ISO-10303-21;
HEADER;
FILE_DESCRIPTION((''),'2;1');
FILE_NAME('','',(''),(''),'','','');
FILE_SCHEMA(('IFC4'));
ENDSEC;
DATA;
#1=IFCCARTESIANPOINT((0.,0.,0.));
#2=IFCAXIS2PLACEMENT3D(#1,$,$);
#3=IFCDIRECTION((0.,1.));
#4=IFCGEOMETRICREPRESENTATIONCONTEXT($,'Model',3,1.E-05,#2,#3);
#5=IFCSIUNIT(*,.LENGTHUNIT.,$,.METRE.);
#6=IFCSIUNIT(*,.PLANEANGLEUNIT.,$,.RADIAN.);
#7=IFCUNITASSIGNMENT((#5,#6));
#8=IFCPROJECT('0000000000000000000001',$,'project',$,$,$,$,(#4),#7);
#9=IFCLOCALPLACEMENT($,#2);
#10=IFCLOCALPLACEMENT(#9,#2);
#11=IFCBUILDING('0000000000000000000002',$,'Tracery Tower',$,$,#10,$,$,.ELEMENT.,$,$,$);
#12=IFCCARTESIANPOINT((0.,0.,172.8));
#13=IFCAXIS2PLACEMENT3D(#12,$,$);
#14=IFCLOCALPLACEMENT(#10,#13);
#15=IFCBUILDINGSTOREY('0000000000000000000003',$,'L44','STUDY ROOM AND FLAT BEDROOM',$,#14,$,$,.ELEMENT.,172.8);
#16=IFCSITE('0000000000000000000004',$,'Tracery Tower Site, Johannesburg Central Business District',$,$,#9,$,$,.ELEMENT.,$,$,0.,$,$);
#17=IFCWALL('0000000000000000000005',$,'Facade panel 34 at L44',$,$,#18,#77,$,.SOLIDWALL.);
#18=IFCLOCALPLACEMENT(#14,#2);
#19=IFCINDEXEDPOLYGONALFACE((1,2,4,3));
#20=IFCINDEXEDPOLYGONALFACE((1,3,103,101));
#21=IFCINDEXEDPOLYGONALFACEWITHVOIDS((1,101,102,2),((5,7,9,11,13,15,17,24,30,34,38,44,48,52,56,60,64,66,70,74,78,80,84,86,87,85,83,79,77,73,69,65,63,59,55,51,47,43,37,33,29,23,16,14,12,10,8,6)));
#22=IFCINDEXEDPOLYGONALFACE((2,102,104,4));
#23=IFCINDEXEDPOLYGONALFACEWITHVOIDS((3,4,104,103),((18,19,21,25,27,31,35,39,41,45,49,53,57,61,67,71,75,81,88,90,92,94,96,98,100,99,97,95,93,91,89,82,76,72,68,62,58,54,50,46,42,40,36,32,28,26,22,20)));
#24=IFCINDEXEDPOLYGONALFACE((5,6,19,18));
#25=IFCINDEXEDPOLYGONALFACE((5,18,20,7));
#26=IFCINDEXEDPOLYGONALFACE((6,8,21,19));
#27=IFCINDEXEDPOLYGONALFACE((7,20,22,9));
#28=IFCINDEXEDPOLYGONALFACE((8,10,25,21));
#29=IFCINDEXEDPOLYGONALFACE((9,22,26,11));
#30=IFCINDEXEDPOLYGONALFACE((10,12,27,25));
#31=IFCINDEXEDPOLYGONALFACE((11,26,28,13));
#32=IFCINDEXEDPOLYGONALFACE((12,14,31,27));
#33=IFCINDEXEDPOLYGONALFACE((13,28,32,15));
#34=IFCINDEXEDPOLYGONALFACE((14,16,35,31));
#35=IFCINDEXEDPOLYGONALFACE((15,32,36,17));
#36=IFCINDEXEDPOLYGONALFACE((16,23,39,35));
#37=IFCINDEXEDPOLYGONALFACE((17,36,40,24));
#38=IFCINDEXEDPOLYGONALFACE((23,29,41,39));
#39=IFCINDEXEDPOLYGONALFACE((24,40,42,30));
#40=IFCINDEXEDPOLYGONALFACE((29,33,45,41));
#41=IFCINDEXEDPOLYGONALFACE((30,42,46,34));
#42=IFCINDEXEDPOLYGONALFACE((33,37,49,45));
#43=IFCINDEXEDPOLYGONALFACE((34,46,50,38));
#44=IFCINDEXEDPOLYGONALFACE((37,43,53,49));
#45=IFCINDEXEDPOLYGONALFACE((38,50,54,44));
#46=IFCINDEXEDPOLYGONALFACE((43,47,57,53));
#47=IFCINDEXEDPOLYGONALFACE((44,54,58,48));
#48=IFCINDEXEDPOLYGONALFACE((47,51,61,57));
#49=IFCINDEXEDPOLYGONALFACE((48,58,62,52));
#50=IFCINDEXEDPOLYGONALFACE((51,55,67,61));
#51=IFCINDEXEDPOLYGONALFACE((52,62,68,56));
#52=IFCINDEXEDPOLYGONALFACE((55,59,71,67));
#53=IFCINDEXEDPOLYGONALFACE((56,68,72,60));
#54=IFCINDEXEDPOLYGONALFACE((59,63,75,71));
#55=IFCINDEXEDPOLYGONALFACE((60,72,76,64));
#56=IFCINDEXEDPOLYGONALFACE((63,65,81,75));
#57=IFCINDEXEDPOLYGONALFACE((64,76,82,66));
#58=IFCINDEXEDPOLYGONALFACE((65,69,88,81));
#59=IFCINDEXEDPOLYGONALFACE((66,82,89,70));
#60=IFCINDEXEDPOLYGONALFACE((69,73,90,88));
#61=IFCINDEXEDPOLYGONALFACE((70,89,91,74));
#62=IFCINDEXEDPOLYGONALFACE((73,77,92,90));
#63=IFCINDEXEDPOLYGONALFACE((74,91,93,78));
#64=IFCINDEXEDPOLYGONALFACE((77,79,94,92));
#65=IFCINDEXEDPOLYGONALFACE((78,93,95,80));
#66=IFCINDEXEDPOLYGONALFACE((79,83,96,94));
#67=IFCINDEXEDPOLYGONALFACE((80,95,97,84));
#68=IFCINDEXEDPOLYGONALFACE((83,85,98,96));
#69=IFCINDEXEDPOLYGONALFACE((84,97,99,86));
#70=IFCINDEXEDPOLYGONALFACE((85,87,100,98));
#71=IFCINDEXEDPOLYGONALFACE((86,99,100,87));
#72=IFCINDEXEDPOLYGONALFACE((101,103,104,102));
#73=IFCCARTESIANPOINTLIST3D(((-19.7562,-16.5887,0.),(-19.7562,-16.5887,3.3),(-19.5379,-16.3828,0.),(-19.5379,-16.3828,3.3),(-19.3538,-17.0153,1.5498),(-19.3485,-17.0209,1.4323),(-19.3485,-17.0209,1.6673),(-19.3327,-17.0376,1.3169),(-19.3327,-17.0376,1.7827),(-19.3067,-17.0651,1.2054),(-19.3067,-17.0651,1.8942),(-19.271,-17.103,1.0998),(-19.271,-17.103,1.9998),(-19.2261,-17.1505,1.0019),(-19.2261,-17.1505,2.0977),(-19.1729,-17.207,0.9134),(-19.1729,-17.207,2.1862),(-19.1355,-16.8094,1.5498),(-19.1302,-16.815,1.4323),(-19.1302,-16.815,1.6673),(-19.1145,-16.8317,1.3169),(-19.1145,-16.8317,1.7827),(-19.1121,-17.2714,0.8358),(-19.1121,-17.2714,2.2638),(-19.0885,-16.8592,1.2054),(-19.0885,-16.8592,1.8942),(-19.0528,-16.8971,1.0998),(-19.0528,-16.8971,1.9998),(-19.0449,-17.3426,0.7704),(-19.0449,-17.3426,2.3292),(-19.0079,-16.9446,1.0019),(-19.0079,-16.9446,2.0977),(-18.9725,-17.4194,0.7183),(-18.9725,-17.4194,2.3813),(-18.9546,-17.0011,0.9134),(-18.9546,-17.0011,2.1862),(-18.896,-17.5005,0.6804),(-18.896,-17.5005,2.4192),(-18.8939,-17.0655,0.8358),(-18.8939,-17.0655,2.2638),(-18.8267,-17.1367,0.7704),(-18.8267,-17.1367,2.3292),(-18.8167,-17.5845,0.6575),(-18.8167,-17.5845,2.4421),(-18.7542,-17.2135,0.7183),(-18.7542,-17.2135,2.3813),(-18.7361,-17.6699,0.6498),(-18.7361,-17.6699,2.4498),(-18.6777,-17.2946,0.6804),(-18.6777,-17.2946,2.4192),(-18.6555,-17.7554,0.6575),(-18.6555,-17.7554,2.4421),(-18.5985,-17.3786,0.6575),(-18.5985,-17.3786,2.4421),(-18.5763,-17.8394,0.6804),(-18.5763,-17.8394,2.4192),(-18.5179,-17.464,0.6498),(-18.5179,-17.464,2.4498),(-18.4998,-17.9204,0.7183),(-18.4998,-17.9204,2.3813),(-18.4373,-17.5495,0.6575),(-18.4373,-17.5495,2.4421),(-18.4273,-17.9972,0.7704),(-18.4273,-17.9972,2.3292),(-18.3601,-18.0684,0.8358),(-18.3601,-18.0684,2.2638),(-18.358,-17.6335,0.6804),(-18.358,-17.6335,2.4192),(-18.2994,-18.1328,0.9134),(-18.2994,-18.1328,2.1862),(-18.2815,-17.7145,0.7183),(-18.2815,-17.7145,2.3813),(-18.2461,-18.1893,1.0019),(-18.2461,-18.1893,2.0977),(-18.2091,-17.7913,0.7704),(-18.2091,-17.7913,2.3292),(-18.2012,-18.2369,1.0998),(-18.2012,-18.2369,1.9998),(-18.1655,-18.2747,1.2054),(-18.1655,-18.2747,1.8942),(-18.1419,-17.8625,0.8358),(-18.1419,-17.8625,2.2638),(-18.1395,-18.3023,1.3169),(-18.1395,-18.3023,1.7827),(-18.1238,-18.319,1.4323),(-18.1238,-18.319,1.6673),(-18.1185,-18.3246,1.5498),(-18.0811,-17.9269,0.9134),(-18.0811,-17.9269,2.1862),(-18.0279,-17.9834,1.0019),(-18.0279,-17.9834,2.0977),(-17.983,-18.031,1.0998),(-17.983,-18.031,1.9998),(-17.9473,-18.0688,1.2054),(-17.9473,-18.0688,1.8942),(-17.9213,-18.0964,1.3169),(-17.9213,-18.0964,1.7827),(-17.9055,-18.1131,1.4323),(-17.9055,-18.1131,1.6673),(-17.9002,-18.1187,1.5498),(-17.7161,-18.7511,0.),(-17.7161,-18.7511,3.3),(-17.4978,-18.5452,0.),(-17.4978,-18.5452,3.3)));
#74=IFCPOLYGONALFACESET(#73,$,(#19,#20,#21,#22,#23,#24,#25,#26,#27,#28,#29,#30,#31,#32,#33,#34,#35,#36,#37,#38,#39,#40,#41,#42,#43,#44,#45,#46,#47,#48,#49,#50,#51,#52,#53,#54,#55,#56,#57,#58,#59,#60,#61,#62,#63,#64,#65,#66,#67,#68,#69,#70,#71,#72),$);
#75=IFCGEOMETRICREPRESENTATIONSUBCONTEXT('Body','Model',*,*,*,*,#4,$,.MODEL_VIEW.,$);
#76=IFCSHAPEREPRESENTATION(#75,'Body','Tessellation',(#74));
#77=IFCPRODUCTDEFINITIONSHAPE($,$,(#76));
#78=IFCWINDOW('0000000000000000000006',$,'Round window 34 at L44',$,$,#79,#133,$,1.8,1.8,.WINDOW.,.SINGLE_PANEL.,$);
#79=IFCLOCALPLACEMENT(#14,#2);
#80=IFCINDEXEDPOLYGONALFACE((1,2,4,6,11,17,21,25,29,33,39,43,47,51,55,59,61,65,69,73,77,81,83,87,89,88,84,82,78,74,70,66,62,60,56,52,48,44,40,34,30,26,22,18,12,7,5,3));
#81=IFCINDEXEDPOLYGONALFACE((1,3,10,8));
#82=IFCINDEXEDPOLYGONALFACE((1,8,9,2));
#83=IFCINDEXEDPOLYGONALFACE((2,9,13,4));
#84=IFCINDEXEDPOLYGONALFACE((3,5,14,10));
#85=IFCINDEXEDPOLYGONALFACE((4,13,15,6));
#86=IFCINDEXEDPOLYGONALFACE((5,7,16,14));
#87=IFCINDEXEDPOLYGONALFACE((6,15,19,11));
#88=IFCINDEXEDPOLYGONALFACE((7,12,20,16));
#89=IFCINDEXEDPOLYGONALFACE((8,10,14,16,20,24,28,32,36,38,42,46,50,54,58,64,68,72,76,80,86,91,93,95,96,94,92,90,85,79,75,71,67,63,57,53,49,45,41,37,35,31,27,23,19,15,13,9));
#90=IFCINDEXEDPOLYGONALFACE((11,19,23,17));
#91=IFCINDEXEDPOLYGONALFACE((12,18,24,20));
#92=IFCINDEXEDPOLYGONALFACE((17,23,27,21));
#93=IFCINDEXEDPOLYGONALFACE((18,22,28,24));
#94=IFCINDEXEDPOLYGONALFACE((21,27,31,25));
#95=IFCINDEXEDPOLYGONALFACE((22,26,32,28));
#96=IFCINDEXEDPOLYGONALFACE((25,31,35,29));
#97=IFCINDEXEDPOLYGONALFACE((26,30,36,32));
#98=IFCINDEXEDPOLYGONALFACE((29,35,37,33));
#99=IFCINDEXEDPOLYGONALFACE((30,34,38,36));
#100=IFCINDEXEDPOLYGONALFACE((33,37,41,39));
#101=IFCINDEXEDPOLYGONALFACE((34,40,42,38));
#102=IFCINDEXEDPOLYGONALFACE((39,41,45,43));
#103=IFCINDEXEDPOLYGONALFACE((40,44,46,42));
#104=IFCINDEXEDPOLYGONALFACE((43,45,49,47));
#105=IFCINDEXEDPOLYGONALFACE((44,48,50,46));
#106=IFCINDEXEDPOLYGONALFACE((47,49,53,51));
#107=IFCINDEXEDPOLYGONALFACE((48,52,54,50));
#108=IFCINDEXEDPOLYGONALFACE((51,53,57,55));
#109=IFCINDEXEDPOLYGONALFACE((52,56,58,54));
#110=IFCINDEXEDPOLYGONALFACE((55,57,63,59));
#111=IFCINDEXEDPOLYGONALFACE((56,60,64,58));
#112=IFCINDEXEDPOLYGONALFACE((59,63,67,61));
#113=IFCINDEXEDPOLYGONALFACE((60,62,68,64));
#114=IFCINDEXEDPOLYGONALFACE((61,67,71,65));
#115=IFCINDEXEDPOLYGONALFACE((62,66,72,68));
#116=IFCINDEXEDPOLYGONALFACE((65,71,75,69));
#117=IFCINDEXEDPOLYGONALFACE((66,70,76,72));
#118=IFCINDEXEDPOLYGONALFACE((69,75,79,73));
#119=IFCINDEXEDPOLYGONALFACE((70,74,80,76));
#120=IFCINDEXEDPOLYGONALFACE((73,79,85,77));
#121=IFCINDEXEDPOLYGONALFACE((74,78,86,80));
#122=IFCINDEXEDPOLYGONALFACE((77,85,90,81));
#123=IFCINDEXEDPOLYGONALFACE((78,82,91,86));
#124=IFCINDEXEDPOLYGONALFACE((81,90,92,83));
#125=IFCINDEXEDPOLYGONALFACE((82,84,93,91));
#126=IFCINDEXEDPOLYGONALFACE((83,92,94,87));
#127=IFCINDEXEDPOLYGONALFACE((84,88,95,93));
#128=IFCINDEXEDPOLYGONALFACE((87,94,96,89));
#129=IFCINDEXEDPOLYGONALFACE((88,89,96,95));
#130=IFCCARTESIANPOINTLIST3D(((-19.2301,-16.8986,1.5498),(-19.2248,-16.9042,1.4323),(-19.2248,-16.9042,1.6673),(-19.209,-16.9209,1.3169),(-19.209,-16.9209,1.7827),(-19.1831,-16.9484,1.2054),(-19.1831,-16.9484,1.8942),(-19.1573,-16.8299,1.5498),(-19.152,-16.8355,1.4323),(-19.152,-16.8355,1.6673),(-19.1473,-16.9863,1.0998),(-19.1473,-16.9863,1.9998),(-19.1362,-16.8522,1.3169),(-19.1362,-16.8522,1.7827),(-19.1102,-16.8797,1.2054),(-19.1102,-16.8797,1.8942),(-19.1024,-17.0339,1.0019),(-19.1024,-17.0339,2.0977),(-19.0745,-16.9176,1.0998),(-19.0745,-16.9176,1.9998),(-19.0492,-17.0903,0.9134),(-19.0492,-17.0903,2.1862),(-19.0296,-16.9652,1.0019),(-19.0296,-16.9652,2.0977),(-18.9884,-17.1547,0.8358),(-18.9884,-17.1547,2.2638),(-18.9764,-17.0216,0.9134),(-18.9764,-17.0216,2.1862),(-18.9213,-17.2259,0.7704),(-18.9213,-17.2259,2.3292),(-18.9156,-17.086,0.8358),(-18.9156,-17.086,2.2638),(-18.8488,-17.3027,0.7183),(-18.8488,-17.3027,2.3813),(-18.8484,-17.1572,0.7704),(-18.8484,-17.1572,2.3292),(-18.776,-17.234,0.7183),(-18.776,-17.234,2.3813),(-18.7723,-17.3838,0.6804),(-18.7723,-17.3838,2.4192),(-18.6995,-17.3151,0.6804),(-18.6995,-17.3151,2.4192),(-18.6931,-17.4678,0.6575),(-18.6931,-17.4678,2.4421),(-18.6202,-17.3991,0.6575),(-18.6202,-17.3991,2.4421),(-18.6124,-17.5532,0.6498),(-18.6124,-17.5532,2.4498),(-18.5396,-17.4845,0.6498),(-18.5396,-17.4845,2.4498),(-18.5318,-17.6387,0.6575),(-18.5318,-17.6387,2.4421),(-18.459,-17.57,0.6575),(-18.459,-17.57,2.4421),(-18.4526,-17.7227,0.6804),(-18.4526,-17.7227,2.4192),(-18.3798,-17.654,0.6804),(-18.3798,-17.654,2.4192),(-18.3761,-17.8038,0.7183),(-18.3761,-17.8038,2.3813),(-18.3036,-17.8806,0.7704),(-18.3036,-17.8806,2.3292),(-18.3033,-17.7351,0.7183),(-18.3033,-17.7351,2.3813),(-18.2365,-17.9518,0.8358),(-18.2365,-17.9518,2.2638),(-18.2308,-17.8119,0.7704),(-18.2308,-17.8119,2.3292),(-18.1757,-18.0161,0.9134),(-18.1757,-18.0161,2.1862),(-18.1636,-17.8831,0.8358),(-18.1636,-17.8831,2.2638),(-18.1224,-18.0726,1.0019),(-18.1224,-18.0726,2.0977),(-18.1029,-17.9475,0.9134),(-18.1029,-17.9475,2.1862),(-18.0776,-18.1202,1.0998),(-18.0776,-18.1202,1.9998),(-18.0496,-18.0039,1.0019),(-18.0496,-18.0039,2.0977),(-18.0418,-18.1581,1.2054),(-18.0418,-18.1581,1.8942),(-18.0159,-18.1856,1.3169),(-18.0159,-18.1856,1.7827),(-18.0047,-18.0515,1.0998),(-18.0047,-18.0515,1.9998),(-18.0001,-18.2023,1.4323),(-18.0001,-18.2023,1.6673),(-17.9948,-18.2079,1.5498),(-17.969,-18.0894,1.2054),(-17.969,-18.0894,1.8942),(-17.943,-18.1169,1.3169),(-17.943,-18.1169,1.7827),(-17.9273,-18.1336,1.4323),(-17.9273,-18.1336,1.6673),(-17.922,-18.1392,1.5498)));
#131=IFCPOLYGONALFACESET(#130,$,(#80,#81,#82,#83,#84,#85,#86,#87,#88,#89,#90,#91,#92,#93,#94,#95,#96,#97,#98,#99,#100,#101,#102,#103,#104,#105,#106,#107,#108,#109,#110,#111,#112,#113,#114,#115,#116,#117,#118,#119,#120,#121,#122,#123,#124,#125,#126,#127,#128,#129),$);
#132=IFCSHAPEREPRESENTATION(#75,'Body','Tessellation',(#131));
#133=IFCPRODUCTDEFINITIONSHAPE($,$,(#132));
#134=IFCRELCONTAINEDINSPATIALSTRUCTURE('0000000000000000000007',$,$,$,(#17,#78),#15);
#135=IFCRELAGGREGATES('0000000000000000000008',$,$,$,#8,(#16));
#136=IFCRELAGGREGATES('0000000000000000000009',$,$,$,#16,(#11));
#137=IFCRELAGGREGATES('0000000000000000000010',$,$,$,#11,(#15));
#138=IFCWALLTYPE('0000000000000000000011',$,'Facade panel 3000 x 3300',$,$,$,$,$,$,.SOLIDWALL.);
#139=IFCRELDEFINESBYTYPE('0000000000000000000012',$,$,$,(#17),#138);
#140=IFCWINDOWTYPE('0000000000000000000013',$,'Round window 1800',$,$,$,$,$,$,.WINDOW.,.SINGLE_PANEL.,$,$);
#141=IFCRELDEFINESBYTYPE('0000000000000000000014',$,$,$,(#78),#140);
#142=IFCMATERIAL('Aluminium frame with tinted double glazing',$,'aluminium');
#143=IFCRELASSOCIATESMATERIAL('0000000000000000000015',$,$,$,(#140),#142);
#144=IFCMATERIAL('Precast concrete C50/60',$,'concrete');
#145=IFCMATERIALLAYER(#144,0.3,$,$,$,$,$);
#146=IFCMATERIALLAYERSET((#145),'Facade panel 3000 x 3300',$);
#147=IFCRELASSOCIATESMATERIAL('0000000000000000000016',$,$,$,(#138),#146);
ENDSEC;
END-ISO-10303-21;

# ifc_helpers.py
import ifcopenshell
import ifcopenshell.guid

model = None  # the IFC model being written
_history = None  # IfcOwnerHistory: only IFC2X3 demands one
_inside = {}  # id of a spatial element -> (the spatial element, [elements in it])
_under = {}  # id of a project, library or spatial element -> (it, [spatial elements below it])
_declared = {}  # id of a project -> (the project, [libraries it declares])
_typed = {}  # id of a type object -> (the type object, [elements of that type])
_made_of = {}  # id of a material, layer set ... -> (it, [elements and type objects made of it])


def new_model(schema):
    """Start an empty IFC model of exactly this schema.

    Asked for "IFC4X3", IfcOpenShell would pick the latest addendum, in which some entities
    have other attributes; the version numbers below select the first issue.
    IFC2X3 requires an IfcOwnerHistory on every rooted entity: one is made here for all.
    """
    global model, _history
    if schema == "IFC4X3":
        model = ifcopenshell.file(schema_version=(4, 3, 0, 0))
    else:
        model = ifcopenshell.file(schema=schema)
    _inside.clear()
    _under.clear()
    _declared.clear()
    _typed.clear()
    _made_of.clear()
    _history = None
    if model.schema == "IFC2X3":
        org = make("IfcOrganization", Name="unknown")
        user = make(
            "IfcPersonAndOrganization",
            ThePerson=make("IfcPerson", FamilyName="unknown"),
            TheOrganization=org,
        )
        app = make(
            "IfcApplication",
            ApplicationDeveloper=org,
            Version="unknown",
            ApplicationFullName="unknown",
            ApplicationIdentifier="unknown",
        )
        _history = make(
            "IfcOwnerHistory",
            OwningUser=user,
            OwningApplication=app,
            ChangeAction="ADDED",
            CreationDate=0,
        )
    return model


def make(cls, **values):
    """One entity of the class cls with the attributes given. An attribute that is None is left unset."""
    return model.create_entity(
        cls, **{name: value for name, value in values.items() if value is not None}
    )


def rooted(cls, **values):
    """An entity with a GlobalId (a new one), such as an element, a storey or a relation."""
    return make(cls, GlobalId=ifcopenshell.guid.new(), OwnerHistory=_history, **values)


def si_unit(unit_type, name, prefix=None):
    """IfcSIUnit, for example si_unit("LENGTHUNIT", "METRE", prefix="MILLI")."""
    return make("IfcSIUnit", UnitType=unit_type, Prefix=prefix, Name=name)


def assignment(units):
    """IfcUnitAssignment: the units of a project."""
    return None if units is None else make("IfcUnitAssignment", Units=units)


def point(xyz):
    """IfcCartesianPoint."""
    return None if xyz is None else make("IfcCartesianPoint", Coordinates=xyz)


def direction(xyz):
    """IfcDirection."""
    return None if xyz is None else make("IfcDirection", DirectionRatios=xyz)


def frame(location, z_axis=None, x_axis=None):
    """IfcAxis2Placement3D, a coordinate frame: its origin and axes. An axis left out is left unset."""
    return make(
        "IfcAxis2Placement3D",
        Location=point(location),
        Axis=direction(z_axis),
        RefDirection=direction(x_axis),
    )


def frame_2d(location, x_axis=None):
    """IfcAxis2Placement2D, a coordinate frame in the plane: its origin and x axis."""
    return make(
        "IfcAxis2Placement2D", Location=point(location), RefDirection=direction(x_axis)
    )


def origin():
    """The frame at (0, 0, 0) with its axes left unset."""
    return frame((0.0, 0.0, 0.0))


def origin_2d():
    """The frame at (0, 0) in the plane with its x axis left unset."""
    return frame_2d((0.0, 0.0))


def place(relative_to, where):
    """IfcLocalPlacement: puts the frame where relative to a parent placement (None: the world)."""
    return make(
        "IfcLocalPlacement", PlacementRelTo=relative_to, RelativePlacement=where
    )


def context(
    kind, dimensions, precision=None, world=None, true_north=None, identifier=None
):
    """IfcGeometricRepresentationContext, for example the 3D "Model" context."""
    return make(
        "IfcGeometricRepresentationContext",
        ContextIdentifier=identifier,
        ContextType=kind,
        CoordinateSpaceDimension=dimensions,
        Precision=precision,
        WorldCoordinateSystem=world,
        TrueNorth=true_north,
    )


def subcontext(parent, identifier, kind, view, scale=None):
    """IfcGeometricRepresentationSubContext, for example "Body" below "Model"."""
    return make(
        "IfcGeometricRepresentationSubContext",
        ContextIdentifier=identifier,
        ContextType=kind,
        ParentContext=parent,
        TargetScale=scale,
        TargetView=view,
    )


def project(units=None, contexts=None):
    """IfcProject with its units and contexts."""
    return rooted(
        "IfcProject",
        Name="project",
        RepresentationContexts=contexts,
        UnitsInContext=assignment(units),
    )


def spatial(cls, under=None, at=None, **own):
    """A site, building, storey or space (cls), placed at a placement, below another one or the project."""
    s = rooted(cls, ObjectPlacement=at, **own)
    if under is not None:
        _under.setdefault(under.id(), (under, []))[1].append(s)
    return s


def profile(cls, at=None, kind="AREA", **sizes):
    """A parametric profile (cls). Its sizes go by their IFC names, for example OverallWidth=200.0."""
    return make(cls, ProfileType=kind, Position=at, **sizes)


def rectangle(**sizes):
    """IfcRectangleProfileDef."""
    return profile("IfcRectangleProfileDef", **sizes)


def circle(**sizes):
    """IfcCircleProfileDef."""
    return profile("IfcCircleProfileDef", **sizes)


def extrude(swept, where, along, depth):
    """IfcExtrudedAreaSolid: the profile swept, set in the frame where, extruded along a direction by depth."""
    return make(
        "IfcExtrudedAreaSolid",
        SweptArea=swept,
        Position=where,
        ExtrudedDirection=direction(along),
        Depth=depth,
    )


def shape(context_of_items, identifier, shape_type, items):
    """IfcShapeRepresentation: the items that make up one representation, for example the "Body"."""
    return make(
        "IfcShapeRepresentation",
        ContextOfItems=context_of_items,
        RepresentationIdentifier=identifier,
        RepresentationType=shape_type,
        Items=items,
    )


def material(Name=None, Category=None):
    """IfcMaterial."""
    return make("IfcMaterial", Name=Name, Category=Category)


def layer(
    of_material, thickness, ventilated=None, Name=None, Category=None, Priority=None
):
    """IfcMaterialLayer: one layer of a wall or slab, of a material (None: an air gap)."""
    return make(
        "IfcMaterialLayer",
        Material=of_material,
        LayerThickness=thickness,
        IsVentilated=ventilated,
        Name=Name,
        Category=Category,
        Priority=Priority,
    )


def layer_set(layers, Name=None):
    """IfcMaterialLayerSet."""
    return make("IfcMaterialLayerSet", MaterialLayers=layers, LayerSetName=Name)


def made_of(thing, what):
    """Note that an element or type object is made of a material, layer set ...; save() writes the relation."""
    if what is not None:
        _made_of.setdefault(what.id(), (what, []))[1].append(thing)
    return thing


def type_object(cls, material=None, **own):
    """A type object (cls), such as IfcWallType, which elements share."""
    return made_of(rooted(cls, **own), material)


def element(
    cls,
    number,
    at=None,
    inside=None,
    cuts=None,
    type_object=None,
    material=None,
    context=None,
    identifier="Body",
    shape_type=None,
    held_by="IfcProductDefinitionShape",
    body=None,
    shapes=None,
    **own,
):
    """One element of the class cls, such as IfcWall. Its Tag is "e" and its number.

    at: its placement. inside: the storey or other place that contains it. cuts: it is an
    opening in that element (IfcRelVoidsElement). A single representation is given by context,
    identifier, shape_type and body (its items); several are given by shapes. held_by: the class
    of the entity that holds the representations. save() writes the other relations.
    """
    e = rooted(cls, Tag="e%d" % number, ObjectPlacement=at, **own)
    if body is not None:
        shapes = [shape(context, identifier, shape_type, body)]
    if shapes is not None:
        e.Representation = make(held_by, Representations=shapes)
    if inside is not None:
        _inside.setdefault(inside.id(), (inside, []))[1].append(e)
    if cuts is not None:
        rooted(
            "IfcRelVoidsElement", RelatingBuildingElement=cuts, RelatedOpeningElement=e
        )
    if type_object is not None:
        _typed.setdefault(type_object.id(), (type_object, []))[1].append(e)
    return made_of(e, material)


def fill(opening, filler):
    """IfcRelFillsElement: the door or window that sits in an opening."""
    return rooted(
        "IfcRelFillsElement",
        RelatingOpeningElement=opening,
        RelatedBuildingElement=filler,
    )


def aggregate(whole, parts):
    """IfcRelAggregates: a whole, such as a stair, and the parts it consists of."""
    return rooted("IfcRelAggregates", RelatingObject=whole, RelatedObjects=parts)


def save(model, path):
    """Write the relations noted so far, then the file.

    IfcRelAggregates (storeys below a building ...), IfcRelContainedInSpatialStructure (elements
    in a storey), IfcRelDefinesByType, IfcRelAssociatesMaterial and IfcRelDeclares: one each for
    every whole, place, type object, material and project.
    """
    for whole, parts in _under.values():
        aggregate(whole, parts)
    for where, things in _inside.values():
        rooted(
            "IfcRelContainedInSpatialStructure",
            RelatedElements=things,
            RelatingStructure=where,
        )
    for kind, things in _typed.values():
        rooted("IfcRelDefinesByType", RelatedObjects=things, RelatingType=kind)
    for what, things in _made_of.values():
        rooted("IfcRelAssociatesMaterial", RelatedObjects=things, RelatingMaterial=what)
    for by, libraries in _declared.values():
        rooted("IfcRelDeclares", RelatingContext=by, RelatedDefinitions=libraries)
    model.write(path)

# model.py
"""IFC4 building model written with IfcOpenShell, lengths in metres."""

from ifc_helpers import new_model, si_unit, direction, frame, frame_2d, origin, origin_2d, place, context, subcontext, project, spatial, rectangle, circle, extrude, material, layer, layer_set, type_object, element, fill, save


model = new_model("IFC4")

# Units and contexts
model_context = context("Model", 3, precision=1e-05, world=origin(), true_north=direction((0.0, 1.0)))
body_context = subcontext(model_context, "Body", "Model", "MODEL_VIEW")
ifc_project = project(units=[si_unit("LENGTHUNIT", "METRE"), si_unit("PLANEANGLEUNIT", "RADIAN")], contexts=[model_context])

# Site, building, storey
site_placement = place(None, origin())
site = spatial("IfcSite", under=ifc_project, at=site_placement, Name="Tracery Tower Site, Johannesburg Central Business District", CompositionType="ELEMENT", RefElevation=0.0)
building_placement = place(site_placement, origin())
building = spatial("IfcBuilding", under=site, at=building_placement, Name="Tracery Tower", CompositionType="ELEMENT")
storey_placement = place(building_placement, frame((0.0, 0.0, 172.8)))
storey = spatial("IfcBuildingStorey", under=building, at=storey_placement, Name="L44", Description="STUDY ROOM AND FLAT BEDROOM", CompositionType="ELEMENT", Elevation=172.8)

# Wall, opening, window
ifc_material_1 = material(Name="Aluminium frame with tinted double glazing", Category="aluminium")
window_type = type_object("IfcWindowType", Name="Round window 1800", PartitioningType="SINGLE_PANEL", PredefinedType="WINDOW", material=ifc_material_1)
ifc_material_2 = material(Name="Precast concrete C50/60", Category="concrete")
ifc_layer_1 = layer(ifc_material_2, 0.3)
ifc_layer_set_1 = layer_set([ifc_layer_1], Name="Facade panel 3000 x 3300")
wall_type_1 = type_object("IfcWallType", Name="Facade panel 3000 x 3300", PredefinedType="SOLIDWALL", material=ifc_layer_set_1)
wall_1_placement = place(storey_placement, frame((-19.647, -16.4858, 0.0), z_axis=(0.0, 0.0, 1.0), x_axis=(0.686235, -0.72738, 0.0)))
wall_1 = element("IfcWall", 1, at=wall_1_placement, inside=storey, type_object=wall_type_1, Name="Facade panel 34 at L44", PredefinedType="SOLIDWALL", context=body_context, shape_type="SweptSolid", body=[
    extrude(rectangle(XDim=2.9729, YDim=0.3, at=frame_2d((1.4863, 0.0))), origin(), (0.0, 0.0, 1.0), 3.3),
])
opening_1_placement = place(wall_1_placement, frame((1.4863, 0.0, 1.5498)))
opening_1 = element("IfcOpeningElement", 2, at=opening_1_placement, cuts=wall_1, PredefinedType="OPENING", context=body_context, shape_type="SweptSolid", body=[
    extrude(circle(Radius=0.9, at=origin_2d()), frame((0.0, 0.1599, 0.0), z_axis=(0.0, -1.0, 0.0), x_axis=(1.0, 0.0, 0.0)), (0.0, 0.0, 1.0), 0.3201),
])
window_1_placement = place(opening_1_placement, origin())
window_1 = element("IfcWindow", 3, at=window_1_placement, inside=storey, type_object=window_type, Name="Round window 34 at L44", OverallHeight=1.8, OverallWidth=1.8, PartitioningType="SINGLE_PANEL", PredefinedType="WINDOW", context=body_context, shape_type="SweptSolid", body=[
    extrude(circle(Radius=0.9, at=origin_2d()), frame((0.0, 0.1201, 0.0), z_axis=(0.0, -1.0, 0.0), x_axis=(1.0, 0.0, 0.0)), (0.0, 0.0, 1.0), 0.1001),
])
fill(opening_1, window_1)

save(model, "model.ifc")
